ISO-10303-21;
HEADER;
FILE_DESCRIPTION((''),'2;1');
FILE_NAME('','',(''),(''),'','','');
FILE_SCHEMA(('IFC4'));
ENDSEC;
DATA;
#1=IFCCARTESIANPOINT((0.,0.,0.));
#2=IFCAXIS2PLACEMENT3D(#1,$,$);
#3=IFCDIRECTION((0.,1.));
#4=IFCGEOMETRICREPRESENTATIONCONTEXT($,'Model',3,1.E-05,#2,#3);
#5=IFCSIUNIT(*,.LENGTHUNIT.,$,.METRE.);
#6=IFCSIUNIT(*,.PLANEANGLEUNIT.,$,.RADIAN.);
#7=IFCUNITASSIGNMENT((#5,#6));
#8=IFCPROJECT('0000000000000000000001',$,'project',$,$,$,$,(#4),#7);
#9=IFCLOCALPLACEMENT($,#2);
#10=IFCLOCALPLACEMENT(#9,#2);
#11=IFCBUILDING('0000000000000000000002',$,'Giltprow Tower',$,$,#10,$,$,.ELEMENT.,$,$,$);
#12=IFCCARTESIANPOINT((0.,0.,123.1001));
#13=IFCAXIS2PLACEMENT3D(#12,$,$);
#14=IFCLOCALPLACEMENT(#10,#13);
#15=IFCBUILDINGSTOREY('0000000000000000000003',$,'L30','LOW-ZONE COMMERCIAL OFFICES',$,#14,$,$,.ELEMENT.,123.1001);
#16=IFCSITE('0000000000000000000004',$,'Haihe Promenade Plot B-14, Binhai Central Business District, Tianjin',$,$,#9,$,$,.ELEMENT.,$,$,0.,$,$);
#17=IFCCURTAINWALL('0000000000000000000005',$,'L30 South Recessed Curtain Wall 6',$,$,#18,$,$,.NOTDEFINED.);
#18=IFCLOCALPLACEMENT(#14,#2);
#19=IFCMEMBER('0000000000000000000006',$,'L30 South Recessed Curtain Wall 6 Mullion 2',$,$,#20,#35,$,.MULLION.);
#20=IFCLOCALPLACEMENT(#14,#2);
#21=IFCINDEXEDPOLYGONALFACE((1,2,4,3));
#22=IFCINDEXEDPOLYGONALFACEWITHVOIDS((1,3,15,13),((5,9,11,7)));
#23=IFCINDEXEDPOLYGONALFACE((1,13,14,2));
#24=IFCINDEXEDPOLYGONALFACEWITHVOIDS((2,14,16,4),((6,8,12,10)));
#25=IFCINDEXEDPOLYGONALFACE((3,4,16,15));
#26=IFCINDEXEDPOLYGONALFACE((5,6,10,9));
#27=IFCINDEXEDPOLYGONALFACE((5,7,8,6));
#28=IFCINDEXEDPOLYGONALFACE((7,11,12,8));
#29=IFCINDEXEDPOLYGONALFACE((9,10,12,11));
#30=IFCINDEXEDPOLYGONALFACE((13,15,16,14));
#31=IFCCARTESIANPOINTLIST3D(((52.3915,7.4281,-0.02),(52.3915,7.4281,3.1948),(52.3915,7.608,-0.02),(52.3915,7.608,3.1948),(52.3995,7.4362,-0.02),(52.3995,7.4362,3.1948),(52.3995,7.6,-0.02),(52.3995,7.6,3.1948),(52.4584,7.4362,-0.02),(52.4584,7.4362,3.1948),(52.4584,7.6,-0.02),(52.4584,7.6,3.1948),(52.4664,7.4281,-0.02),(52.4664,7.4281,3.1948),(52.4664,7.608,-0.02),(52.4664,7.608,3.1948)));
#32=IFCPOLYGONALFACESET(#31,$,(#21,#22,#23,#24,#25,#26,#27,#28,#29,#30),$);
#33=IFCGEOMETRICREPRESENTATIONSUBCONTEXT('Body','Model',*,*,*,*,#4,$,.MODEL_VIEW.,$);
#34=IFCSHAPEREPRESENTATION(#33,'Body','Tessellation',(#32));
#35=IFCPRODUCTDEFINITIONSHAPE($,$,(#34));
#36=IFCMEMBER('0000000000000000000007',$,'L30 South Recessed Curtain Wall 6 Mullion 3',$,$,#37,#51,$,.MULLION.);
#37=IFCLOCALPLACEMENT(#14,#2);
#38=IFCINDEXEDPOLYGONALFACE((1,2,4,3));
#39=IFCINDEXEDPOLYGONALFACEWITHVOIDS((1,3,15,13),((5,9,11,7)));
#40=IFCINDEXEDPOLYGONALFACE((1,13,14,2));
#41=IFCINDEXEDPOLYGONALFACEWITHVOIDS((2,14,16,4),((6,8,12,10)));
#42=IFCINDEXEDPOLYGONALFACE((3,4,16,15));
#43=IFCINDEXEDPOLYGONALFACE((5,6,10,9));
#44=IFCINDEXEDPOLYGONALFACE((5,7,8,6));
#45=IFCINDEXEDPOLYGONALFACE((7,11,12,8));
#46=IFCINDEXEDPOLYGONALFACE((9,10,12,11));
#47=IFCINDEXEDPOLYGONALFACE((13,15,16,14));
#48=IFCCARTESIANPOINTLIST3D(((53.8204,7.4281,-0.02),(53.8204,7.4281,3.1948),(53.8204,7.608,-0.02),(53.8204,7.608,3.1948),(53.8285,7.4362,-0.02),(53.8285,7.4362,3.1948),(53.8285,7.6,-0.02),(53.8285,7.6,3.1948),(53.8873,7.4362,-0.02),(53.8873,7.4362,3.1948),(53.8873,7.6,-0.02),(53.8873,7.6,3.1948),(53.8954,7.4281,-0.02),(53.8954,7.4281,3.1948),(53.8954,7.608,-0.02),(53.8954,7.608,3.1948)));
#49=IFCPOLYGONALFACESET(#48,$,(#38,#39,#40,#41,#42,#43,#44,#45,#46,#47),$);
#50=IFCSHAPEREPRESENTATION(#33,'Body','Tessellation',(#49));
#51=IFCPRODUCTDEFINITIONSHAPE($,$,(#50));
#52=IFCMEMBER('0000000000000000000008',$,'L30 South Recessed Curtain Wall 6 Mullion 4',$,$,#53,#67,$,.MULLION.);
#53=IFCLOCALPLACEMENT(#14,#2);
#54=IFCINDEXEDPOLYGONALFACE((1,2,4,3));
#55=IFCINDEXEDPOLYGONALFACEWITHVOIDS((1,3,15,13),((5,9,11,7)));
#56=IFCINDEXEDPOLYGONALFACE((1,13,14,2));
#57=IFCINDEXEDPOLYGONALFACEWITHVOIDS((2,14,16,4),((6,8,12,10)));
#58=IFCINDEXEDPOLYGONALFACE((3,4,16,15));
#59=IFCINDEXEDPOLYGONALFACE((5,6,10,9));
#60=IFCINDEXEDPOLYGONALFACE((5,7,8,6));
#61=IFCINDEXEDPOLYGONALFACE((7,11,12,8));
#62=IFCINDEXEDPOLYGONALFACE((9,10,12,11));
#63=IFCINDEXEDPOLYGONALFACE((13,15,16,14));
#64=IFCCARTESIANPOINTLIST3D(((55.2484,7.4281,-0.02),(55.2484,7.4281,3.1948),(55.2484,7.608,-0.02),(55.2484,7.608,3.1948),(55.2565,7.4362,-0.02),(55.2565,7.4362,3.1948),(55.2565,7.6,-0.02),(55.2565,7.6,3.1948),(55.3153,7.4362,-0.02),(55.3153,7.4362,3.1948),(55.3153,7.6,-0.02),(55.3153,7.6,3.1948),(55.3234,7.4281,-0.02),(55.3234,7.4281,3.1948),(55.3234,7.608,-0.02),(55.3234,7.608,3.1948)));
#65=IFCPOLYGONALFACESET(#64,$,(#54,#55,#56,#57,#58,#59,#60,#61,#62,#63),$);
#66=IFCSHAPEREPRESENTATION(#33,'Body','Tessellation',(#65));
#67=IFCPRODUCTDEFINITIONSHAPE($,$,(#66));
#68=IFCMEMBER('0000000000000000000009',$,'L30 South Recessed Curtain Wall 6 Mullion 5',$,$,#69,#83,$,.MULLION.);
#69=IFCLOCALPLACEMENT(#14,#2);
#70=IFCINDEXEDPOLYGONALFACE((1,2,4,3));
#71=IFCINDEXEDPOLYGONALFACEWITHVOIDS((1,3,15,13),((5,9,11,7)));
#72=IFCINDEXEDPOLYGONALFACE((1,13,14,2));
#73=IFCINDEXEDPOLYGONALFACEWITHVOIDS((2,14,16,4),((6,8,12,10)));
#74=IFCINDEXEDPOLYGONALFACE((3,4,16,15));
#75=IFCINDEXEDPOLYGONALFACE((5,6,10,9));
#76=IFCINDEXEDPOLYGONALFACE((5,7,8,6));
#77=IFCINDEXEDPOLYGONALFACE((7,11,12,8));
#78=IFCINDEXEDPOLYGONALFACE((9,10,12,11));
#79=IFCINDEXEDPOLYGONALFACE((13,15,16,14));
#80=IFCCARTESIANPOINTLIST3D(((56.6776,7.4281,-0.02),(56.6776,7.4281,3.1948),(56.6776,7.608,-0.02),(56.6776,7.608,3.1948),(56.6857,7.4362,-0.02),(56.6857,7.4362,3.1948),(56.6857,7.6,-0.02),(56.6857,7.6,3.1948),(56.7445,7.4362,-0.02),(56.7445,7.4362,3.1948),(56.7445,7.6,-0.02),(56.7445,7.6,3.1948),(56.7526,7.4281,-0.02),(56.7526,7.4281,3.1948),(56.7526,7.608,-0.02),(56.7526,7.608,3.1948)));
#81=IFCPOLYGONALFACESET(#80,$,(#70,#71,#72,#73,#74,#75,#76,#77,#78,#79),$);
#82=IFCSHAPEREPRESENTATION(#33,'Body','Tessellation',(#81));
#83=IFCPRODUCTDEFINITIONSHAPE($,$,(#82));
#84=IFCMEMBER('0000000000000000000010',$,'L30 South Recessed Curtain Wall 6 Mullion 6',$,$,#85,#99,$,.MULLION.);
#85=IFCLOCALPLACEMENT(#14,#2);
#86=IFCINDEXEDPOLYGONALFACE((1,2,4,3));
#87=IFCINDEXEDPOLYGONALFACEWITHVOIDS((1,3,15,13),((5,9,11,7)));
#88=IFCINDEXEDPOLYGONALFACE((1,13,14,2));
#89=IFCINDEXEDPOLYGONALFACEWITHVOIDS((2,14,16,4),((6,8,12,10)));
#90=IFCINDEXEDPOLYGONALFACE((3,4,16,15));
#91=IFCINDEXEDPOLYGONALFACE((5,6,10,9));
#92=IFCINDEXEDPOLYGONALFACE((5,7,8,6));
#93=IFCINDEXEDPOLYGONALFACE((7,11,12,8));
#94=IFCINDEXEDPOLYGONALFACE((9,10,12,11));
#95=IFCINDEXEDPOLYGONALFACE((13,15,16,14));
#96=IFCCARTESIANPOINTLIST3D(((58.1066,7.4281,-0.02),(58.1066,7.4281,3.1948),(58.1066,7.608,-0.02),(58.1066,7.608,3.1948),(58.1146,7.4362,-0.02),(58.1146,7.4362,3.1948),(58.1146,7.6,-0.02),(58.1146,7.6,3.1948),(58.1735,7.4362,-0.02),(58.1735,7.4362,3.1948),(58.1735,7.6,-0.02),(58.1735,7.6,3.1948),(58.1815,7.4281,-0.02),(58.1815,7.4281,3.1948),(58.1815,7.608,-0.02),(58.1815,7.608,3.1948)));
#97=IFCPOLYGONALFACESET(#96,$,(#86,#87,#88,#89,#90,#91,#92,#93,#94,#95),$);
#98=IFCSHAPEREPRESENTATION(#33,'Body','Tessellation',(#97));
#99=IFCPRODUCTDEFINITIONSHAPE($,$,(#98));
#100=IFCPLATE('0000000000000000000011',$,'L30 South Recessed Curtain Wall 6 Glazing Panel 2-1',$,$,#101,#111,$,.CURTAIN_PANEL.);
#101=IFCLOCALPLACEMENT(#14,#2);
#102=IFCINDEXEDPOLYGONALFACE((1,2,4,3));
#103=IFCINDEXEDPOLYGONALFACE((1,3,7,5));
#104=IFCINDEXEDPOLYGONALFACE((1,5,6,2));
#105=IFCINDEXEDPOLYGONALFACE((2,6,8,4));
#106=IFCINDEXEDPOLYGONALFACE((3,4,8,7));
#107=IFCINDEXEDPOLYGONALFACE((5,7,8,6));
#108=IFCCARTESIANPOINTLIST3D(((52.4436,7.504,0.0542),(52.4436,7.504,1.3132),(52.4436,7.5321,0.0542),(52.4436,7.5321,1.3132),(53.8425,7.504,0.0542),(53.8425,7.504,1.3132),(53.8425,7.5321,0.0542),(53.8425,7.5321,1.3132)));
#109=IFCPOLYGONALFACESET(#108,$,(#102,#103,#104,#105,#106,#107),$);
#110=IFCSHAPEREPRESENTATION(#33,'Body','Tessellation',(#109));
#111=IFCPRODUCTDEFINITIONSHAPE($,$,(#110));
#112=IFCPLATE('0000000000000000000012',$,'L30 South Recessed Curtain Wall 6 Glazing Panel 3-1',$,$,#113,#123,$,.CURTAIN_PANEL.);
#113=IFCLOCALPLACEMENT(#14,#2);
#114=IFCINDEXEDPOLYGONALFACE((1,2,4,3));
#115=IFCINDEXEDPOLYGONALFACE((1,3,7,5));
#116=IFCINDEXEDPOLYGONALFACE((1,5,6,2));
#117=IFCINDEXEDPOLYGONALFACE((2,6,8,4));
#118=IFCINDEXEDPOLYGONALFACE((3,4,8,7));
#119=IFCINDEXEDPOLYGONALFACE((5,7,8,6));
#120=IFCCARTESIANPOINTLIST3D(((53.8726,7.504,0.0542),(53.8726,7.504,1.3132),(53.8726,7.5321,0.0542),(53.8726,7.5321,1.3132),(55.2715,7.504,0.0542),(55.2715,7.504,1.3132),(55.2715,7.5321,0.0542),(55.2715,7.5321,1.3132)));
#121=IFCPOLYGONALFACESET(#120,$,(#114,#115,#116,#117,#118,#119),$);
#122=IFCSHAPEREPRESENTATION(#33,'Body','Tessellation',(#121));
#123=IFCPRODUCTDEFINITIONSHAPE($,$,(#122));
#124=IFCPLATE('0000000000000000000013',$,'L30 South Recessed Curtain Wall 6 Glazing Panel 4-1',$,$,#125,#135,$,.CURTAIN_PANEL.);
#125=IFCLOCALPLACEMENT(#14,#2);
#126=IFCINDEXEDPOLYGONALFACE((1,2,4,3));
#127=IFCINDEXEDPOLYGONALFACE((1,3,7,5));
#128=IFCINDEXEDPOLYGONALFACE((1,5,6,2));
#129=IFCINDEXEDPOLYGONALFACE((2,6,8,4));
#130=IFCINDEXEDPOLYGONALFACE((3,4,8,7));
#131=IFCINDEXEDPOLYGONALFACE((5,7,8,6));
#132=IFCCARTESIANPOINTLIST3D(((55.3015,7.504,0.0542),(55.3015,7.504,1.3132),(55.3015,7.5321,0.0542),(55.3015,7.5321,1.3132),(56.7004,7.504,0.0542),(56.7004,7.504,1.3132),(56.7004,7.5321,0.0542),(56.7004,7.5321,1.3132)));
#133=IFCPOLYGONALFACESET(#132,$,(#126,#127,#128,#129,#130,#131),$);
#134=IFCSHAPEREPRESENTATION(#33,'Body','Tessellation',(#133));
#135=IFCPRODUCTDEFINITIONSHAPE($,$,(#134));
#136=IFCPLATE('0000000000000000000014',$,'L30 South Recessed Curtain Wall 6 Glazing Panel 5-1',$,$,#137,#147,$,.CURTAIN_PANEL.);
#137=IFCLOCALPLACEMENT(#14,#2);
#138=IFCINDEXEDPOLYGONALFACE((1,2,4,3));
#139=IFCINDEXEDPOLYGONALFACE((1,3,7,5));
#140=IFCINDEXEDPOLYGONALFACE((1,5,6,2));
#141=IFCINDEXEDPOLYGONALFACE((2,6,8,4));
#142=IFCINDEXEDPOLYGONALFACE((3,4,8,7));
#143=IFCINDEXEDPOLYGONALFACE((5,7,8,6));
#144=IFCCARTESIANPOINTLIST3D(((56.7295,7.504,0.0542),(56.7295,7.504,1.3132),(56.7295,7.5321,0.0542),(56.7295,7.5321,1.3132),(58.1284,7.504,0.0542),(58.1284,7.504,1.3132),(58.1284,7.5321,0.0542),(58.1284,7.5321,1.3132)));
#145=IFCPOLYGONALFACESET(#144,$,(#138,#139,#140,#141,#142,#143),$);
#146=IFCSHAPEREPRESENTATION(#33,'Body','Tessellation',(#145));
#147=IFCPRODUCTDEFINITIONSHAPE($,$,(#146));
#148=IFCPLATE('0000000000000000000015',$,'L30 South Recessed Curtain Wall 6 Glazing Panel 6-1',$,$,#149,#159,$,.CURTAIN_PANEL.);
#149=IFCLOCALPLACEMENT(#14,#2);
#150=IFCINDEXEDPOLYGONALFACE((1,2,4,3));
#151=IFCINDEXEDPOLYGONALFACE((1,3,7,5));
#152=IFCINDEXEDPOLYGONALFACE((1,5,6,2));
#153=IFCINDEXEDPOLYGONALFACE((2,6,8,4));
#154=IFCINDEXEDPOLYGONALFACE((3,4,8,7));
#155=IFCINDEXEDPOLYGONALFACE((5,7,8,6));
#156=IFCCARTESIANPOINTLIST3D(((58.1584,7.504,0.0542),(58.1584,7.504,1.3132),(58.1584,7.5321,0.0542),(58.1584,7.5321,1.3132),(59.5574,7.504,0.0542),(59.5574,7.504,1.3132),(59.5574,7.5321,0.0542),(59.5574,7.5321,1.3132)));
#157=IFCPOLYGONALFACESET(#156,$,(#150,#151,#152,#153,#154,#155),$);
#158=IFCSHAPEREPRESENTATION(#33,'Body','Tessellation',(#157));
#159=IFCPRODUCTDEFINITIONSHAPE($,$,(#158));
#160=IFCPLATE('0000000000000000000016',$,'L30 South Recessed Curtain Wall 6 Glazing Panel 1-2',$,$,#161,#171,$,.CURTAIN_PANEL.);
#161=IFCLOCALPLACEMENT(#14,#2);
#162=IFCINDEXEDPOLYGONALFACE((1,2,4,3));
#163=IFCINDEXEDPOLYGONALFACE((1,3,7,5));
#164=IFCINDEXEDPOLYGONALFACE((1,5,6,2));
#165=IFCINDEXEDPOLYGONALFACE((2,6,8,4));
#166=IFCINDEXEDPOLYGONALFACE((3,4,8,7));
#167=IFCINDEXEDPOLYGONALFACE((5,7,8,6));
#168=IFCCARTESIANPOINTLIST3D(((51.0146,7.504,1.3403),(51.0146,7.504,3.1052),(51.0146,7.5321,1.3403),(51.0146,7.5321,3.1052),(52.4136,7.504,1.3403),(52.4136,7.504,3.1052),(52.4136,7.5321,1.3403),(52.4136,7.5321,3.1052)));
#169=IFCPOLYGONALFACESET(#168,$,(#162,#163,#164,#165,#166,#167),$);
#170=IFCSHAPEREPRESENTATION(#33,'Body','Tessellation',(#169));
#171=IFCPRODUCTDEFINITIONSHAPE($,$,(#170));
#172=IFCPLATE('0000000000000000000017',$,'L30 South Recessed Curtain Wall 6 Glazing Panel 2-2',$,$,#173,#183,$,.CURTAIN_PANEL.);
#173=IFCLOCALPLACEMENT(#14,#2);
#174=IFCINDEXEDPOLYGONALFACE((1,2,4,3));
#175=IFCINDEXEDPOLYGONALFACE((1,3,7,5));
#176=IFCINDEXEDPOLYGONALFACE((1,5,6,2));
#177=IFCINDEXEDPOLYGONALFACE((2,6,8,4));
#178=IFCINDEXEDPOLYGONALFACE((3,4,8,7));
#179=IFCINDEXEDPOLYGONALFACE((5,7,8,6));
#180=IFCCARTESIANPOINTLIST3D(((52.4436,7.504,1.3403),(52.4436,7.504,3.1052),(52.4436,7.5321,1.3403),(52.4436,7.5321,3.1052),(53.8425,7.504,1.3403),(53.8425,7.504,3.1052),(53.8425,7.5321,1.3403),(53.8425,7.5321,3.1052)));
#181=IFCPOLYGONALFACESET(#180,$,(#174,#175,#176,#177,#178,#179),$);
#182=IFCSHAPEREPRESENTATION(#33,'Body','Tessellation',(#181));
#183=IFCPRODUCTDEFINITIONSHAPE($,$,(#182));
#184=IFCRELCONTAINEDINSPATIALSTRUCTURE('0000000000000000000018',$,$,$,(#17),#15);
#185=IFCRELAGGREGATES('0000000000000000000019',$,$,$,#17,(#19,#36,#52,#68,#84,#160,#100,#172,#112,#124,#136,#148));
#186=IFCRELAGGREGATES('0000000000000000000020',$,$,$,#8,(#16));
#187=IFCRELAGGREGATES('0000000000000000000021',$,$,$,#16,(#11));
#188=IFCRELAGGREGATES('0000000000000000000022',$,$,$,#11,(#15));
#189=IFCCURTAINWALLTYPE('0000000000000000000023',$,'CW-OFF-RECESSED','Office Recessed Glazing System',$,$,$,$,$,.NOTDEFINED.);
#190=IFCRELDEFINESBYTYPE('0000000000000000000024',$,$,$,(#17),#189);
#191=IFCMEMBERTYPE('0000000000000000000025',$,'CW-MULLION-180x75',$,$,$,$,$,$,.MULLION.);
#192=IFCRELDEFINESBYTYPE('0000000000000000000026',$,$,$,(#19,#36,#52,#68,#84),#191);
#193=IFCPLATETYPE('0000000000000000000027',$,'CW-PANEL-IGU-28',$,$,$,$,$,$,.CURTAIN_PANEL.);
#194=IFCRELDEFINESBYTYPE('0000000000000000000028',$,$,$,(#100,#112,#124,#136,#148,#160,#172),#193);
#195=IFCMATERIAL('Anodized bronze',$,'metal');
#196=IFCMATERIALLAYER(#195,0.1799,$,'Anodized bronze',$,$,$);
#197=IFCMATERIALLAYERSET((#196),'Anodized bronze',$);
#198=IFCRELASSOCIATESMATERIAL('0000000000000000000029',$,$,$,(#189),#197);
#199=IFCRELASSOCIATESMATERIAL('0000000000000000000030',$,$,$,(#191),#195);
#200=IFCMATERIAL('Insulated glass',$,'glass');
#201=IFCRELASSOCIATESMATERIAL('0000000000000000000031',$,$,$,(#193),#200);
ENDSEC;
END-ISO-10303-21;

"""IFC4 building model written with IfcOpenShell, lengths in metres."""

from ifc_helpers import new_model, si_unit, direction, frame, origin, origin_2d, place, context, subcontext, project, spatial, rectangle, hollow_rectangle, extrude, source, transform, mapped, material, layer, layer_set, material_profile, profile_set, type_object, element, aggregate, save


model = new_model("IFC4")

# Units and contexts
model_context = context("Model", 3, precision=1e-05, world=origin(), true_north=direction((0.0, 1.0)))
body_context = subcontext(model_context, "Body", "Model", "MODEL_VIEW")
ifc_project = project(units=[si_unit("LENGTHUNIT", "METRE"), si_unit("PLANEANGLEUNIT", "RADIAN")], contexts=[model_context])

# Site, building, storey
site_placement = place(None, origin())
site = spatial("IfcSite", under=ifc_project, at=site_placement, Name="Haihe Promenade Plot B-14, Binhai Central Business District, Tianjin", CompositionType="ELEMENT", RefElevation=0.0)
building_placement = place(site_placement, origin())
building = spatial("IfcBuilding", under=site, at=building_placement, Name="Giltprow Tower", CompositionType="ELEMENT")
storey_placement = place(building_placement, frame((0.0, 0.0, 123.1001)))
storey = spatial("IfcBuildingStorey", under=building, at=storey_placement, Name="L30", Description="LOW-ZONE COMMERCIAL OFFICES", CompositionType="ELEMENT", Elevation=123.1001)

# Curtain wall, members, plates
ifc_material_1 = material(Name="Anodized bronze", Category="metal")
ifc_layer = layer(ifc_material_1, 0.1799, Name="Anodized bronze")
ifc_layer_set = layer_set([ifc_layer], Name="Anodized bronze")
curtain_wall_type = type_object("IfcCurtainWallType", Name="CW-OFF-RECESSED", Description="Office Recessed Glazing System", PredefinedType="NOTDEFINED", material=ifc_layer_set)
curtain_wall_placement = place(storey_placement, origin())
curtain_wall = element("IfcCurtainWall", 1, at=curtain_wall_placement, inside=storey, type_object=curtain_wall_type, Name="L30 South Recessed Curtain Wall 6", PredefinedType="NOTDEFINED")
ifc_material_profile = material_profile(ifc_material_1, hollow_rectangle(XDim=0.075, YDim=0.1799, WallThickness=0.0081, at=origin_2d()), Name="RHS 180x75x8")
ifc_profile_set = profile_set([ifc_material_profile], Name="Anodized bronze")
member_type = type_object("IfcMemberType", Name="CW-MULLION-180x75", PredefinedType="MULLION", material=ifc_profile_set)
shared_shape_1 = source(origin(), body_context, "Body", "SweptSolid", [
    extrude(hollow_rectangle(XDim=0.075, YDim=0.1799, WallThickness=0.0081, at=origin_2d()), origin(), (0.0, 0.0, 1.0), 3.2148),
])
member_1_placement = place(storey_placement, frame((52.429, 7.5181, -0.02), z_axis=(0.0, 0.0, 1.0), x_axis=(1.0, 0.0, 0.0)))
member_1 = element("IfcMember", 2, at=member_1_placement, type_object=member_type, Name="L30 South Recessed Curtain Wall 6 Mullion 2", PredefinedType="MULLION", context=body_context, shape_type="MappedRepresentation", body=[
    mapped(shared_shape_1, transform((0.0, 0.0, 0.0), x_axis=(1.0, 0.0, 0.0), y_axis=(0.0, 1.0, 0.0), z_axis=(0.0, 0.0, 1.0), scale=1.0)),
])
member_2_placement = place(storey_placement, frame((53.8579, 7.5181, -0.02), z_axis=(0.0, 0.0, 1.0), x_axis=(1.0, 0.0, 0.0)))
member_2 = element("IfcMember", 3, at=member_2_placement, type_object=member_type, Name="L30 South Recessed Curtain Wall 6 Mullion 3", PredefinedType="MULLION", context=body_context, shape_type="MappedRepresentation", body=[
    mapped(shared_shape_1, transform((0.0, 0.0, 0.0), x_axis=(1.0, 0.0, 0.0), y_axis=(0.0, 1.0, 0.0), z_axis=(0.0, 0.0, 1.0), scale=1.0)),
])
member_3_placement = place(storey_placement, frame((55.2859, 7.5181, -0.02), z_axis=(0.0, 0.0, 1.0), x_axis=(1.0, 0.0, 0.0)))
member_3 = element("IfcMember", 4, at=member_3_placement, type_object=member_type, Name="L30 South Recessed Curtain Wall 6 Mullion 4", PredefinedType="MULLION", context=body_context, shape_type="MappedRepresentation", body=[
    mapped(shared_shape_1, transform((0.0, 0.0, 0.0), x_axis=(1.0, 0.0, 0.0), y_axis=(0.0, 1.0, 0.0), z_axis=(0.0, 0.0, 1.0), scale=1.0)),
])
member_4_placement = place(storey_placement, frame((56.7151, 7.5181, -0.02), z_axis=(0.0, 0.0, 1.0), x_axis=(1.0, 0.0, 0.0)))
member_4 = element("IfcMember", 5, at=member_4_placement, type_object=member_type, Name="L30 South Recessed Curtain Wall 6 Mullion 5", PredefinedType="MULLION", context=body_context, shape_type="MappedRepresentation", body=[
    mapped(shared_shape_1, transform((0.0, 0.0, 0.0), x_axis=(1.0, 0.0, 0.0), y_axis=(0.0, 1.0, 0.0), z_axis=(0.0, 0.0, 1.0), scale=1.0)),
])
member_5_placement = place(storey_placement, frame((58.144, 7.5181, -0.02), z_axis=(0.0, 0.0, 1.0), x_axis=(1.0, 0.0, 0.0)))
member_5 = element("IfcMember", 6, at=member_5_placement, type_object=member_type, Name="L30 South Recessed Curtain Wall 6 Mullion 6", PredefinedType="MULLION", context=body_context, shape_type="MappedRepresentation", body=[
    mapped(shared_shape_1, transform((0.0, 0.0, 0.0), x_axis=(1.0, 0.0, 0.0), y_axis=(0.0, 1.0, 0.0), z_axis=(0.0, 0.0, 1.0), scale=1.0)),
])
ifc_material_2 = material(Name="Insulated glass", Category="glass")
plate_type = type_object("IfcPlateType", Name="CW-PANEL-IGU-28", PredefinedType="CURTAIN_PANEL", material=ifc_material_2)
shared_shape_2 = source(origin(), body_context, "Body", "SweptSolid", [
    extrude(rectangle(XDim=1.3989, YDim=0.0281, at=origin_2d()), origin(), (0.0, 0.0, 1.0), 1.259),
])
plate_1_placement = place(storey_placement, frame((53.1431, 7.5181, 0.0542), z_axis=(0.0, 0.0, 1.0), x_axis=(1.0, 0.0, 0.0)))
plate_1 = element("IfcPlate", 7, at=plate_1_placement, type_object=plate_type, Name="L30 South Recessed Curtain Wall 6 Glazing Panel 2-1", PredefinedType="CURTAIN_PANEL", context=body_context, shape_type="MappedRepresentation", body=[
    mapped(shared_shape_2, transform((0.0, 0.0, 0.0), x_axis=(1.0, 0.0, 0.0), y_axis=(0.0, 1.0, 0.0), z_axis=(0.0, 0.0, 1.0), scale=1.0)),
])
plate_2_placement = place(storey_placement, frame((54.572, 7.5181, 0.0542), z_axis=(0.0, 0.0, 1.0), x_axis=(1.0, 0.0, 0.0)))
plate_2 = element("IfcPlate", 8, at=plate_2_placement, type_object=plate_type, Name="L30 South Recessed Curtain Wall 6 Glazing Panel 3-1", PredefinedType="CURTAIN_PANEL", context=body_context, shape_type="MappedRepresentation", body=[
    mapped(shared_shape_2, transform((0.0, 0.0, 0.0), x_axis=(1.0, 0.0, 0.0), y_axis=(0.0, 1.0, 0.0), z_axis=(0.0, 0.0, 1.0), scale=1.0)),
])
plate_3_placement = place(storey_placement, frame((56.001, 7.5181, 0.0542), z_axis=(0.0, 0.0, 1.0), x_axis=(1.0, 0.0, 0.0)))
plate_3 = element("IfcPlate", 9, at=plate_3_placement, type_object=plate_type, Name="L30 South Recessed Curtain Wall 6 Glazing Panel 4-1", PredefinedType="CURTAIN_PANEL", context=body_context, shape_type="MappedRepresentation", body=[
    mapped(shared_shape_2, transform((0.0, 0.0, 0.0), x_axis=(1.0, 0.0, 0.0), y_axis=(0.0, 1.0, 0.0), z_axis=(0.0, 0.0, 1.0), scale=1.0)),
])
plate_4_placement = place(storey_placement, frame((57.429, 7.5181, 0.0542), z_axis=(0.0, 0.0, 1.0), x_axis=(1.0, 0.0, 0.0)))
plate_4 = element("IfcPlate", 10, at=plate_4_placement, type_object=plate_type, Name="L30 South Recessed Curtain Wall 6 Glazing Panel 5-1", PredefinedType="CURTAIN_PANEL", context=body_context, shape_type="MappedRepresentation", body=[
    mapped(shared_shape_2, transform((0.0, 0.0, 0.0), x_axis=(1.0, 0.0, 0.0), y_axis=(0.0, 1.0, 0.0), z_axis=(0.0, 0.0, 1.0), scale=1.0)),
])
plate_5_placement = place(storey_placement, frame((58.8579, 7.5181, 0.0542), z_axis=(0.0, 0.0, 1.0), x_axis=(1.0, 0.0, 0.0)))
plate_5 = element("IfcPlate", 11, at=plate_5_placement, type_object=plate_type, Name="L30 South Recessed Curtain Wall 6 Glazing Panel 6-1", PredefinedType="CURTAIN_PANEL", context=body_context, shape_type="MappedRepresentation", body=[
    mapped(shared_shape_2, transform((0.0, 0.0, 0.0), x_axis=(1.0, 0.0, 0.0), y_axis=(0.0, 1.0, 0.0), z_axis=(0.0, 0.0, 1.0), scale=1.0)),
])
shared_shape_3 = source(origin(), body_context, "Body", "SweptSolid", [
    extrude(rectangle(XDim=1.3989, YDim=0.0281, at=origin_2d()), origin(), (0.0, 0.0, 1.0), 1.7649),
])
plate_6_placement = place(storey_placement, frame((51.7141, 7.5181, 1.3403), z_axis=(0.0, 0.0, 1.0), x_axis=(1.0, 0.0, 0.0)))
plate_6 = element("IfcPlate", 12, at=plate_6_placement, type_object=plate_type, Name="L30 South Recessed Curtain Wall 6 Glazing Panel 1-2", PredefinedType="CURTAIN_PANEL", context=body_context, shape_type="MappedRepresentation", body=[
    mapped(shared_shape_3, transform((0.0, 0.0, 0.0), x_axis=(1.0, 0.0, 0.0), y_axis=(0.0, 1.0, 0.0), z_axis=(0.0, 0.0, 1.0), scale=1.0)),
])
plate_7_placement = place(storey_placement, frame((53.1431, 7.5181, 1.3403), z_axis=(0.0, 0.0, 1.0), x_axis=(1.0, 0.0, 0.0)))
plate_7 = element("IfcPlate", 13, at=plate_7_placement, type_object=plate_type, Name="L30 South Recessed Curtain Wall 6 Glazing Panel 2-2", PredefinedType="CURTAIN_PANEL", context=body_context, shape_type="MappedRepresentation", body=[
    mapped(shared_shape_3, transform((0.0, 0.0, 0.0), x_axis=(1.0, 0.0, 0.0), y_axis=(0.0, 1.0, 0.0), z_axis=(0.0, 0.0, 1.0), scale=1.0)),
])
aggregate(curtain_wall, [member_1, member_2, member_3, member_4, member_5, plate_6, plate_1, plate_7, plate_2, plate_3, plate_4, plate_5])

save(model, "model.ifc")
